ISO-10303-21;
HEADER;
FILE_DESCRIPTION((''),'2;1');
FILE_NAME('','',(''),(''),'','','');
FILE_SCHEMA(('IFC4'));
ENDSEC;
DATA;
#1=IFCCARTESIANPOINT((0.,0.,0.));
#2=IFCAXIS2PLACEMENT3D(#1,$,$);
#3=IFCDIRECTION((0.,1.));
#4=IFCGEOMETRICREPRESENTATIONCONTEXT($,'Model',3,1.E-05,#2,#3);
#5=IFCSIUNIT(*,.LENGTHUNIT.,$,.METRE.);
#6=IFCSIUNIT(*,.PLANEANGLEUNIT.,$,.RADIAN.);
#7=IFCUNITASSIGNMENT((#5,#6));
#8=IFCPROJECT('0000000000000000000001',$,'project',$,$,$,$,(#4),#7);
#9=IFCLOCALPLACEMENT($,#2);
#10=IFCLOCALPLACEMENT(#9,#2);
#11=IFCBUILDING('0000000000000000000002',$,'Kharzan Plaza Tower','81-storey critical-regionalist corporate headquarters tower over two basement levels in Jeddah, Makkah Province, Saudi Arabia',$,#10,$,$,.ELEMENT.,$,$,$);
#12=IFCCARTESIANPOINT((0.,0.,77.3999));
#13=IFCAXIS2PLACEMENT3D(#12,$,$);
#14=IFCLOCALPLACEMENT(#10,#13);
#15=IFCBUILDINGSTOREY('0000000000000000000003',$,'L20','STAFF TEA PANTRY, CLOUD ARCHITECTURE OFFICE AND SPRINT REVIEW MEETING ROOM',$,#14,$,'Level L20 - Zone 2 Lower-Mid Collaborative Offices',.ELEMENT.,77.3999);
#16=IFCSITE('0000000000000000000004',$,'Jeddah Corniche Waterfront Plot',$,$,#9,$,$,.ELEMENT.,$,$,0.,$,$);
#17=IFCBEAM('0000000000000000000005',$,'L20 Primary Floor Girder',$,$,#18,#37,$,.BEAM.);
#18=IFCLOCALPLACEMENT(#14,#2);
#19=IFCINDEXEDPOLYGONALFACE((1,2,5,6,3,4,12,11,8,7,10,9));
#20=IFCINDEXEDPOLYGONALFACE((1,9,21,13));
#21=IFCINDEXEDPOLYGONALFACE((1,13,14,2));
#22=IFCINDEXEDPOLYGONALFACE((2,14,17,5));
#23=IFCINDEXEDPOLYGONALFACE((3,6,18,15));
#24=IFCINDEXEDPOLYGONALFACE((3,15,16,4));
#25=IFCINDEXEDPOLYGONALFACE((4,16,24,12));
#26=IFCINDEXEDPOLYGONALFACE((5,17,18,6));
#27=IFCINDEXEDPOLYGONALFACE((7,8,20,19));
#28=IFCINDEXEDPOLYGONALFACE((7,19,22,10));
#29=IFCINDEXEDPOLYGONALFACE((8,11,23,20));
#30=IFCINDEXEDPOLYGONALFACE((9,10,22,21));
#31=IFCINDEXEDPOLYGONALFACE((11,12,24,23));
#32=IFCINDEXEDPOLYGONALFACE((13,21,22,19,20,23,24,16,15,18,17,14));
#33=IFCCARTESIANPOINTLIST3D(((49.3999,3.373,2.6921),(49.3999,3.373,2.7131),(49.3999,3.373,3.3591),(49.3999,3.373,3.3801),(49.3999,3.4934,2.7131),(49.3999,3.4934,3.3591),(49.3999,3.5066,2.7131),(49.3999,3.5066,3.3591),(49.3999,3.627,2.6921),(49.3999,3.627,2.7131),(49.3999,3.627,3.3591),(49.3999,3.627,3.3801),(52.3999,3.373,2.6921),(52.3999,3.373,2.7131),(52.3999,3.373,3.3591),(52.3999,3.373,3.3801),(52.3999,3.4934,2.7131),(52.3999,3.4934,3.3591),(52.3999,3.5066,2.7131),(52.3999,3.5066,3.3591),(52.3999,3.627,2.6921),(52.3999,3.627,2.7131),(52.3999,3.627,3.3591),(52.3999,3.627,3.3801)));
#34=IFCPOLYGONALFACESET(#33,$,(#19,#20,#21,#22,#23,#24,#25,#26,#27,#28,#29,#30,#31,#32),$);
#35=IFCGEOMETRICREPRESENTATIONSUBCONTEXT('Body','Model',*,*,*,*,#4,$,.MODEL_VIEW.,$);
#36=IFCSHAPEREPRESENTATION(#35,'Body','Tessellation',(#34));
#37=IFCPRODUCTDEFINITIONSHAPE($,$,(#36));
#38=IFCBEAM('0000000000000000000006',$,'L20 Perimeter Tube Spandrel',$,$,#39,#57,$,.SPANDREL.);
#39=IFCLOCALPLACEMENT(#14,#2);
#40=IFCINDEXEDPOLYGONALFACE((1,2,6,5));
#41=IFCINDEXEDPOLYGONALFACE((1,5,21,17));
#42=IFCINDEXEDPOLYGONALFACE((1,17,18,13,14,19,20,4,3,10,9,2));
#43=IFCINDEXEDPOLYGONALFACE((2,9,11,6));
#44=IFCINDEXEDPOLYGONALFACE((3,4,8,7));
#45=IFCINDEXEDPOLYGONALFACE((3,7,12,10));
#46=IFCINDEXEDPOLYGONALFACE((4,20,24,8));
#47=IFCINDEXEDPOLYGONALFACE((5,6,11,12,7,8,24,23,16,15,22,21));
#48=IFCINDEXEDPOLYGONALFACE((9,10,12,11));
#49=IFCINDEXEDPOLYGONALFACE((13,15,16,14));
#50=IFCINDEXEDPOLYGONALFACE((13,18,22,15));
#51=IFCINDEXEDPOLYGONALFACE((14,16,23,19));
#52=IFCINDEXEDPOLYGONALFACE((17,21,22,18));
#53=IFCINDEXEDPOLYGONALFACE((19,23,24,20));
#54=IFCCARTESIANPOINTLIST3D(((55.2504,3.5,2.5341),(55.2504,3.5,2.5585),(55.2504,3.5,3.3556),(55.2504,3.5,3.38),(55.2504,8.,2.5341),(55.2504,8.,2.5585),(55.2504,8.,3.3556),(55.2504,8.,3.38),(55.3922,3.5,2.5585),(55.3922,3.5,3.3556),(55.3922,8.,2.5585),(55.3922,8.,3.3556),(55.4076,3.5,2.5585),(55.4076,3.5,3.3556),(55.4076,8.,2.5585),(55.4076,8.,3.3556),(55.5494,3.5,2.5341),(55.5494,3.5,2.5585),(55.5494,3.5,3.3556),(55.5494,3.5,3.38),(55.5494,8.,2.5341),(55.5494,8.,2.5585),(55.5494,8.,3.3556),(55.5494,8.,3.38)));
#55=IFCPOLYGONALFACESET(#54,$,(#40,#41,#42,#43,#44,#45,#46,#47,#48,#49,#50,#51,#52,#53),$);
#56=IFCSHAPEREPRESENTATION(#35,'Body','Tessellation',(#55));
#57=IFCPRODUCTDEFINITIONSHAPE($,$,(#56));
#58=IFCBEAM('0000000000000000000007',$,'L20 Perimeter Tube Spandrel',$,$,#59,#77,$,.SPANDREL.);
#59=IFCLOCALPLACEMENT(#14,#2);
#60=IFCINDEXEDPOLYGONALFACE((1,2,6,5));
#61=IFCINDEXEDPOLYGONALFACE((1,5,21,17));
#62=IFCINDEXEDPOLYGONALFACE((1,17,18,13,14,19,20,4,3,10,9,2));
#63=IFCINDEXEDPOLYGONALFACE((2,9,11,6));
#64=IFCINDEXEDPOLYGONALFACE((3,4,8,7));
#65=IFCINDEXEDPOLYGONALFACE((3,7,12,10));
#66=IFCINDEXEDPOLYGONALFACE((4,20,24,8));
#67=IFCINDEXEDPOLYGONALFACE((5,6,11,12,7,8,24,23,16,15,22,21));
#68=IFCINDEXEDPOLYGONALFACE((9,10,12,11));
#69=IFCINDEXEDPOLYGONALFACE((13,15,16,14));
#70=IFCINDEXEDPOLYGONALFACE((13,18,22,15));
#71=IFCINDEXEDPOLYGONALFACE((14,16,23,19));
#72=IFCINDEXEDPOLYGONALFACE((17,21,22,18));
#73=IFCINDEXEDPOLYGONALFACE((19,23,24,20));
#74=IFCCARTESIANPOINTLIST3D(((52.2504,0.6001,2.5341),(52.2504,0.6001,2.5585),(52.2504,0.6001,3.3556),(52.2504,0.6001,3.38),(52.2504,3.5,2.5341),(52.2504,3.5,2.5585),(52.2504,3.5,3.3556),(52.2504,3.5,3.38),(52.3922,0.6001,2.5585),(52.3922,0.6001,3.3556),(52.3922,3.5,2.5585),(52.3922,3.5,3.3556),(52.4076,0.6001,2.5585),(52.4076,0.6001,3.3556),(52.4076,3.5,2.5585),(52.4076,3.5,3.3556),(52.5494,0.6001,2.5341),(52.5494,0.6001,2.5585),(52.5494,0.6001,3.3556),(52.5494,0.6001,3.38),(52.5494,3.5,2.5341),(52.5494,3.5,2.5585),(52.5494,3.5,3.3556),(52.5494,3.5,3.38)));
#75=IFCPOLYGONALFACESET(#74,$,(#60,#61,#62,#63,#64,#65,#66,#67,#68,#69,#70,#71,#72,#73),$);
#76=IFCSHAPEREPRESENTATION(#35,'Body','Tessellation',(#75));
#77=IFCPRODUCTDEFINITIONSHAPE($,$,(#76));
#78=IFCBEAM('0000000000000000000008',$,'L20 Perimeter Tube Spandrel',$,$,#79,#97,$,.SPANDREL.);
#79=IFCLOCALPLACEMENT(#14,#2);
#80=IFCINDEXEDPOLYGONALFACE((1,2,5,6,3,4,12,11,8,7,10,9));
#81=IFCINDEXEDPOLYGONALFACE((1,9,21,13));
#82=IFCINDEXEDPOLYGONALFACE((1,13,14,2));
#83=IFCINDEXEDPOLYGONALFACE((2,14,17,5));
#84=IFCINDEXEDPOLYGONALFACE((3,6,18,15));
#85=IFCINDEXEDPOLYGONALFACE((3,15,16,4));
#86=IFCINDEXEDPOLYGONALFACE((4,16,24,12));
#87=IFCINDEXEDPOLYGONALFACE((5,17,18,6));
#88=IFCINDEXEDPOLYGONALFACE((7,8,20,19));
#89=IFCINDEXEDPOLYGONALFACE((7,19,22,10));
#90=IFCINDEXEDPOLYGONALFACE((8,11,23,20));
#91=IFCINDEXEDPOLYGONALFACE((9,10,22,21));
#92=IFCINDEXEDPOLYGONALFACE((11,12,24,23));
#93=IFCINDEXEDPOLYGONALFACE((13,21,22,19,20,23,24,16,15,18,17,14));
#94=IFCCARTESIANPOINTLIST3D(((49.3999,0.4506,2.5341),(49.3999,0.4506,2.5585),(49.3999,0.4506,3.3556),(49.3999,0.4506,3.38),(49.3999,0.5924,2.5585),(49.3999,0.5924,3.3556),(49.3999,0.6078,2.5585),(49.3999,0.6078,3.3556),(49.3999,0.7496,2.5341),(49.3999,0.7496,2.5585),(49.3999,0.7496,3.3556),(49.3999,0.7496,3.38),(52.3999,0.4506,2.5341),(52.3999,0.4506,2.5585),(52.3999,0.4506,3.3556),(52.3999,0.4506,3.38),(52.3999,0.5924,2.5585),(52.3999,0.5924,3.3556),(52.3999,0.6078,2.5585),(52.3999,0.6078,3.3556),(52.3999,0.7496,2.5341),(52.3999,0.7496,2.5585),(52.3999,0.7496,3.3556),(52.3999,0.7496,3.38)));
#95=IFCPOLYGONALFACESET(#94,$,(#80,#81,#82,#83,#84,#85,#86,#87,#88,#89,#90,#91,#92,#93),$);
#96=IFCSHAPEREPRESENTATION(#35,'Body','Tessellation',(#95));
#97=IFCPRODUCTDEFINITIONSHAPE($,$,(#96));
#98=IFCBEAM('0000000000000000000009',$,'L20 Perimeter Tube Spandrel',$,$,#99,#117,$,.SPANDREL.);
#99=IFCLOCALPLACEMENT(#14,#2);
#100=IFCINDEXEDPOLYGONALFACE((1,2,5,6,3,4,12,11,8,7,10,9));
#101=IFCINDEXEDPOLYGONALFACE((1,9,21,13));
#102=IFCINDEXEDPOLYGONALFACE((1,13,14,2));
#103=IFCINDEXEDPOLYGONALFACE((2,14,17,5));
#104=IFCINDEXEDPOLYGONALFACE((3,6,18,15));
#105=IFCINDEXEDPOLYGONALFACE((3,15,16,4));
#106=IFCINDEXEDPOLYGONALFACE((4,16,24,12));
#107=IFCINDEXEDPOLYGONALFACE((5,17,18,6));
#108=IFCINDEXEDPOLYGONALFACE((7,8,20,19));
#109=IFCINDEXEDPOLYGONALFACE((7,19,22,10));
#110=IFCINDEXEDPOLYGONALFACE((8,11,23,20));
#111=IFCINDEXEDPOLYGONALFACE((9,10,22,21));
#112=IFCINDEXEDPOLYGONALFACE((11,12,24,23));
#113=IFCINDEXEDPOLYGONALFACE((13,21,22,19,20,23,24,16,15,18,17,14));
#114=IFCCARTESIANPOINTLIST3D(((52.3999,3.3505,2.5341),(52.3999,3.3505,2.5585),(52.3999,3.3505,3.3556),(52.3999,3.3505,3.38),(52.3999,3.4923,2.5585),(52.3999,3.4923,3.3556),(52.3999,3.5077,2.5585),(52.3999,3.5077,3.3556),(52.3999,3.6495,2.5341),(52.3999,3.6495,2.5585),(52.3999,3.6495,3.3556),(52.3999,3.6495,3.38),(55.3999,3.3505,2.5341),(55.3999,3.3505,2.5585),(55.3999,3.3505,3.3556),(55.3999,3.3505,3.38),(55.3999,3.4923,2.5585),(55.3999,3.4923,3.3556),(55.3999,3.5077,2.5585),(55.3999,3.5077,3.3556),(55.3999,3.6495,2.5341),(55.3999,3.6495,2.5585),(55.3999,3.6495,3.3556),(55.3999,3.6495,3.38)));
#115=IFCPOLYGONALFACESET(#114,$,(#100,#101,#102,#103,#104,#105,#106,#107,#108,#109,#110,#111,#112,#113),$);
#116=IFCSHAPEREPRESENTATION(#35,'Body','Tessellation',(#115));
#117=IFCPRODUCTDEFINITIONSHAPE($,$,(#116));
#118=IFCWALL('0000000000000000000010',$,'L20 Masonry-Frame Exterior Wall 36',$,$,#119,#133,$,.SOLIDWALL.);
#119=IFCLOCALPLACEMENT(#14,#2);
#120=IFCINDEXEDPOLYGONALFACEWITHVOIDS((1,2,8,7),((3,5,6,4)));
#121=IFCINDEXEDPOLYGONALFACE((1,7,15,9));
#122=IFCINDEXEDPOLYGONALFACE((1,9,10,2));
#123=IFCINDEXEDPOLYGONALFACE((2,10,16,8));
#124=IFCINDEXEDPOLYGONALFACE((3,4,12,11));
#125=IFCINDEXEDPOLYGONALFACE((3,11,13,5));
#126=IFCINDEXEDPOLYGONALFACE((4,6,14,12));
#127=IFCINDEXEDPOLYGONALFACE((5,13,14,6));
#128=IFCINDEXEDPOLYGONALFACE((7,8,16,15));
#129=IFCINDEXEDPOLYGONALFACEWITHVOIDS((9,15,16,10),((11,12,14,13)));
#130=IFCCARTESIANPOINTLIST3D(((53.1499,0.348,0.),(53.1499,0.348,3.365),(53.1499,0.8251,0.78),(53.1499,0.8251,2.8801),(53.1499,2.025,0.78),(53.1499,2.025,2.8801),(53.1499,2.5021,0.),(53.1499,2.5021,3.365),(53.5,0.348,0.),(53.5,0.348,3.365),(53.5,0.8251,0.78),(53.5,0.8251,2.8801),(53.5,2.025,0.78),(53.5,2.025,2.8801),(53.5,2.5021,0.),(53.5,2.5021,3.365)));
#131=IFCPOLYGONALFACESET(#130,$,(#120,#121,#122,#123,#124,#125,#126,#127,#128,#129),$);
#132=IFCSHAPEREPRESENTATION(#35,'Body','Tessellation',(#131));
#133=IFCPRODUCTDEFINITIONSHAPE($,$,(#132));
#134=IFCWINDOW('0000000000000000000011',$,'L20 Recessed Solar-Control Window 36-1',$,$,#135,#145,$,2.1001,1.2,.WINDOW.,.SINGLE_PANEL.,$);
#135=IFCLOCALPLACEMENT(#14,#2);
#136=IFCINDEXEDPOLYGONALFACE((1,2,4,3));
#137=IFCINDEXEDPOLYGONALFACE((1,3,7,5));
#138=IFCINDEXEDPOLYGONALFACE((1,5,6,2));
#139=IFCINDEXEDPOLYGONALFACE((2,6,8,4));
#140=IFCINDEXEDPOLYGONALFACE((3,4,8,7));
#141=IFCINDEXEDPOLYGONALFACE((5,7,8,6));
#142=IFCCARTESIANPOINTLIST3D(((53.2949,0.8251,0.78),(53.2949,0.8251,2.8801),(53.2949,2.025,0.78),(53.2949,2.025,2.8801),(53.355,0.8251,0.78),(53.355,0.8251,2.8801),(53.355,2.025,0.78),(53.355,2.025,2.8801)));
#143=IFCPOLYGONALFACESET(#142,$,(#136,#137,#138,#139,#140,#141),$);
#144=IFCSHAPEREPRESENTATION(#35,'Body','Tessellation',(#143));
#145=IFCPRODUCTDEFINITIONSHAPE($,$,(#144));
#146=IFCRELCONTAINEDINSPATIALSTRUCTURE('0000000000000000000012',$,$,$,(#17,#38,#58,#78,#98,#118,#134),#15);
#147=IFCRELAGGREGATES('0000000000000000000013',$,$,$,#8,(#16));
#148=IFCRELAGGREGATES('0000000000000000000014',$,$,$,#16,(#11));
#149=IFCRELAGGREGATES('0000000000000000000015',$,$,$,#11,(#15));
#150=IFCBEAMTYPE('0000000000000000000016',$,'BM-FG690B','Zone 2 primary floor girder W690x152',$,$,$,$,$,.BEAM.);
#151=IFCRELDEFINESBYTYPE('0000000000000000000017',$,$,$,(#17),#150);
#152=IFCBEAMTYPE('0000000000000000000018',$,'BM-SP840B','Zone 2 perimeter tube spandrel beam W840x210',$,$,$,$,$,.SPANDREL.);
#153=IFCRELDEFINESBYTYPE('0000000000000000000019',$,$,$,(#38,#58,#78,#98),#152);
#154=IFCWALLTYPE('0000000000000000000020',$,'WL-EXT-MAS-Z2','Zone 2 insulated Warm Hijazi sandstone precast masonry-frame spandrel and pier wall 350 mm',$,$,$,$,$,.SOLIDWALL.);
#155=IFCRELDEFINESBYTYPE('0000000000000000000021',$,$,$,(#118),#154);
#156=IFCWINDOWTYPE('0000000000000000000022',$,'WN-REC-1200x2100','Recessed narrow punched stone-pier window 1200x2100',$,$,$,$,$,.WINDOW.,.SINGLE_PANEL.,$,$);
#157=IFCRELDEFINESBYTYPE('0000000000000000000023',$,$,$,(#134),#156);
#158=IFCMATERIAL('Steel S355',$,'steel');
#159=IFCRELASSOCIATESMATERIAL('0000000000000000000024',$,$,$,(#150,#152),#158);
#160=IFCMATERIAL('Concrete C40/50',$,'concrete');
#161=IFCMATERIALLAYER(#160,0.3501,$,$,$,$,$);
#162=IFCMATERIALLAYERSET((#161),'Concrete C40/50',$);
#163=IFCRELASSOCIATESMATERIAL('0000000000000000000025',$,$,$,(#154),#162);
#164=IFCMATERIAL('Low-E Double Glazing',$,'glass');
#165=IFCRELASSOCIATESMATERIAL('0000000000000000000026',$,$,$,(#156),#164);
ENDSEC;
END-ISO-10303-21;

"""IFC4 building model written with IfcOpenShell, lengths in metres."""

from ifc_helpers import new_model, si_unit, direction, frame, frame_2d, origin, origin_2d, place, context, subcontext, project, spatial, rectangle, i_section, extrude, source, transform, mapped, material, layer, layer_set, material_profile, profile_set, type_object, element, fill, save


model = new_model("IFC4")

# Units and contexts
model_context = context("Model", 3, precision=1e-05, world=origin(), true_north=direction((0.0, 1.0)))
body_context = subcontext(model_context, "Body", "Model", "MODEL_VIEW")
ifc_project = project(units=[si_unit("LENGTHUNIT", "METRE"), si_unit("PLANEANGLEUNIT", "RADIAN")], contexts=[model_context])

# Site, building, storey
site_placement = place(None, origin())
site = spatial("IfcSite", under=ifc_project, at=site_placement, Name="Jeddah Corniche Waterfront Plot", CompositionType="ELEMENT", RefElevation=0.0)
building_placement = place(site_placement, origin())
building = spatial("IfcBuilding", under=site, at=building_placement, Name="Kharzan Plaza Tower", Description="81-storey critical-regionalist corporate headquarters tower over two basement levels in Jeddah, Makkah Province, Saudi Arabia", CompositionType="ELEMENT")
storey_placement = place(building_placement, frame((0.0, 0.0, 77.3999)))
storey = spatial("IfcBuildingStorey", under=building, at=storey_placement, Name="L20", Description="STAFF TEA PANTRY, CLOUD ARCHITECTURE OFFICE AND SPRINT REVIEW MEETING ROOM", LongName="Level L20 - Zone 2 Lower-Mid Collaborative Offices", CompositionType="ELEMENT", Elevation=77.3999)

# Beams
ifc_material_1 = material(Name="Steel S355", Category="steel")
ifc_material_profile_1 = material_profile(ifc_material_1, i_section(OverallWidth=0.2539, OverallDepth=0.688, WebThickness=0.0132, FlangeThickness=0.021, at=origin_2d()), Name="W690x152")
ifc_profile_set_1 = profile_set([ifc_material_profile_1], Name="Steel S355")
beam_type_1 = type_object("IfcBeamType", Name="BM-FG690B", Description="Zone 2 primary floor girder W690x152", PredefinedType="BEAM", material=ifc_profile_set_1)
shared_shape_1 = source(origin(), body_context, "Body", "SweptSolid", [
    extrude(i_section(OverallWidth=0.2539, OverallDepth=0.688, WebThickness=0.0132, FlangeThickness=0.021, at=origin_2d()), origin(), (0.0, 0.0, 1.0), 3.0),
])
beam_1_placement = place(storey_placement, frame((49.3999, 3.5, 3.0361), z_axis=(1.0, 0.0, 0.0), x_axis=(0.0, 1.0, 0.0)))
element("IfcBeam", 1, at=beam_1_placement, inside=storey, type_object=beam_type_1, Name="L20 Primary Floor Girder", PredefinedType="BEAM", context=body_context, shape_type="MappedRepresentation", body=[
    mapped(shared_shape_1, transform((0.0, 0.0, 0.0), x_axis=(1.0, 0.0, 0.0), y_axis=(0.0, 1.0, 0.0), z_axis=(0.0, 0.0, 1.0))),
])
ifc_material_profile_2 = material_profile(ifc_material_1, i_section(OverallWidth=0.2991, OverallDepth=0.8459, WebThickness=0.0154, FlangeThickness=0.0244, at=origin_2d()), Name="W840x210")
ifc_profile_set_2 = profile_set([ifc_material_profile_2], Name="Steel S355")
beam_type_2 = type_object("IfcBeamType", Name="BM-SP840B", Description="Zone 2 perimeter tube spandrel beam W840x210", PredefinedType="SPANDREL", material=ifc_profile_set_2)
shared_shape_2 = source(origin(), body_context, "Body", "SweptSolid", [
    extrude(i_section(OverallWidth=0.2991, OverallDepth=0.8459, WebThickness=0.0154, FlangeThickness=0.0244, at=origin_2d()), origin(), (0.0, 0.0, 1.0), 4.5),
])
beam_2_placement = place(storey_placement, frame((55.3999, 3.5, 2.957), z_axis=(0.0, 1.0, 0.0), x_axis=(-1.0, 0.0, 0.0)))
element("IfcBeam", 2, at=beam_2_placement, inside=storey, type_object=beam_type_2, Name="L20 Perimeter Tube Spandrel", PredefinedType="SPANDREL", context=body_context, shape_type="MappedRepresentation", body=[
    mapped(shared_shape_2, transform((0.0, 0.0, 0.0), x_axis=(1.0, 0.0, 0.0), y_axis=(0.0, 1.0, 0.0), z_axis=(0.0, 0.0, 1.0))),
])
shared_shape_3 = source(origin(), body_context, "Body", "SweptSolid", [
    extrude(i_section(OverallWidth=0.2991, OverallDepth=0.8459, WebThickness=0.0154, FlangeThickness=0.0244, at=origin_2d()), origin(), (0.0, 0.0, 1.0), 2.8999),
])
beam_3_placement = place(storey_placement, frame((52.3999, 0.6001, 2.957), z_axis=(0.0, 1.0, 0.0), x_axis=(-1.0, 0.0, 0.0)))
element("IfcBeam", 3, at=beam_3_placement, inside=storey, type_object=beam_type_2, Name="L20 Perimeter Tube Spandrel", PredefinedType="SPANDREL", context=body_context, shape_type="MappedRepresentation", body=[
    mapped(shared_shape_3, transform((0.0, 0.0, 0.0), x_axis=(1.0, 0.0, 0.0), y_axis=(0.0, 1.0, 0.0), z_axis=(0.0, 0.0, 1.0))),
])
shared_shape_4 = source(origin(), body_context, "Body", "SweptSolid", [
    extrude(i_section(OverallWidth=0.2991, OverallDepth=0.8459, WebThickness=0.0154, FlangeThickness=0.0244, at=origin_2d()), origin(), (0.0, 0.0, 1.0), 3.0),
])
for number, where, z_axis, x_axis, name in (
    (4, (49.3999, 0.6001, 2.957), (1.0, 0.0, 0.0), (0.0, 1.0, 0.0), "L20 Perimeter Tube Spandrel"),
    (5, (52.3999, 3.5, 2.957), (1.0, 0.0, 0.0), (0.0, 1.0, 0.0), "L20 Perimeter Tube Spandrel"),
):
    element("IfcBeam", number, at=place(storey_placement, frame(where, z_axis=z_axis, x_axis=x_axis)), inside=storey, type_object=beam_type_2, Name=name, PredefinedType="SPANDREL", context=body_context, shape_type="MappedRepresentation", body=[
        mapped(shared_shape_4, transform((0.0, 0.0, 0.0), x_axis=(1.0, 0.0, 0.0), y_axis=(0.0, 1.0, 0.0), z_axis=(0.0, 0.0, 1.0))),
    ])

# Wall, opening, window
ifc_material_2 = material(Name="Concrete C40/50", Category="concrete")
ifc_layer_1 = layer(ifc_material_2, 0.3501)
ifc_layer_set_1 = layer_set([ifc_layer_1], Name="Concrete C40/50")
wall_type_1 = type_object("IfcWallType", Name="WL-EXT-MAS-Z2", Description="Zone 2 insulated Warm Hijazi sandstone precast masonry-frame spandrel and pier wall 350 mm", PredefinedType="SOLIDWALL", material=ifc_layer_set_1)
wall_1_placement = place(storey_placement, frame((53.325, 0.3479, 0.0), z_axis=(0.0, 0.0, 1.0), x_axis=(0.0, 1.0, 0.0)))
wall_1 = element("IfcWall", 6, at=wall_1_placement, inside=storey, type_object=wall_type_1, Name="L20 Masonry-Frame Exterior Wall 36", PredefinedType="SOLIDWALL", context=body_context, shape_type="SweptSolid", body=[
    extrude(rectangle(XDim=2.1541, YDim=0.3501, at=frame_2d((1.0771, 0.0))), origin(), (0.0, 0.0, 1.0), 3.365),
])
opening_1_placement = place(wall_1_placement, frame((0.4771, 0.0, 0.78)))
opening_1 = element("IfcOpeningElement", 7, at=opening_1_placement, cuts=wall_1, PredefinedType="OPENING", context=body_context, shape_type="SweptSolid", body=[
    extrude(rectangle(XDim=1.2, YDim=2.1001, at=frame_2d((0.6001, 1.05))), frame((0.0, 0.1851, 0.0), z_axis=(0.0, -1.0, 0.0), x_axis=(1.0, 0.0, 0.0)), (0.0, 0.0, 1.0), 0.3701),
])
ifc_material_3 = material(Name="Low-E Double Glazing", Category="glass")
window_type_1 = type_object("IfcWindowType", Name="WN-REC-1200x2100", Description="Recessed narrow punched stone-pier window 1200x2100", PartitioningType="SINGLE_PANEL", PredefinedType="WINDOW", material=ifc_material_3)
shared_shape_5 = source(origin(), body_context, "Body", "SweptSolid", [
    extrude(rectangle(XDim=1.2, YDim=2.1001, at=frame_2d((0.6001, 1.05))), frame((0.0, 0.03, 0.0), z_axis=(0.0, -1.0, 0.0), x_axis=(1.0, 0.0, 0.0)), (0.0, 0.0, 1.0), 0.0601),
])
window_1_placement = place(opening_1_placement, origin())
window_1 = element("IfcWindow", 8, at=window_1_placement, inside=storey, type_object=window_type_1, Name="L20 Recessed Solar-Control Window 36-1", OverallHeight=2.1001, OverallWidth=1.2, PartitioningType="SINGLE_PANEL", PredefinedType="WINDOW", context=body_context, shape_type="MappedRepresentation", body=[
    mapped(shared_shape_5, transform((0.0, 0.0, 0.0), x_axis=(1.0, 0.0, 0.0), y_axis=(0.0, 1.0, 0.0), z_axis=(0.0, 0.0, 1.0))),
])
fill(opening_1, window_1)

save(model, "model.ifc")
